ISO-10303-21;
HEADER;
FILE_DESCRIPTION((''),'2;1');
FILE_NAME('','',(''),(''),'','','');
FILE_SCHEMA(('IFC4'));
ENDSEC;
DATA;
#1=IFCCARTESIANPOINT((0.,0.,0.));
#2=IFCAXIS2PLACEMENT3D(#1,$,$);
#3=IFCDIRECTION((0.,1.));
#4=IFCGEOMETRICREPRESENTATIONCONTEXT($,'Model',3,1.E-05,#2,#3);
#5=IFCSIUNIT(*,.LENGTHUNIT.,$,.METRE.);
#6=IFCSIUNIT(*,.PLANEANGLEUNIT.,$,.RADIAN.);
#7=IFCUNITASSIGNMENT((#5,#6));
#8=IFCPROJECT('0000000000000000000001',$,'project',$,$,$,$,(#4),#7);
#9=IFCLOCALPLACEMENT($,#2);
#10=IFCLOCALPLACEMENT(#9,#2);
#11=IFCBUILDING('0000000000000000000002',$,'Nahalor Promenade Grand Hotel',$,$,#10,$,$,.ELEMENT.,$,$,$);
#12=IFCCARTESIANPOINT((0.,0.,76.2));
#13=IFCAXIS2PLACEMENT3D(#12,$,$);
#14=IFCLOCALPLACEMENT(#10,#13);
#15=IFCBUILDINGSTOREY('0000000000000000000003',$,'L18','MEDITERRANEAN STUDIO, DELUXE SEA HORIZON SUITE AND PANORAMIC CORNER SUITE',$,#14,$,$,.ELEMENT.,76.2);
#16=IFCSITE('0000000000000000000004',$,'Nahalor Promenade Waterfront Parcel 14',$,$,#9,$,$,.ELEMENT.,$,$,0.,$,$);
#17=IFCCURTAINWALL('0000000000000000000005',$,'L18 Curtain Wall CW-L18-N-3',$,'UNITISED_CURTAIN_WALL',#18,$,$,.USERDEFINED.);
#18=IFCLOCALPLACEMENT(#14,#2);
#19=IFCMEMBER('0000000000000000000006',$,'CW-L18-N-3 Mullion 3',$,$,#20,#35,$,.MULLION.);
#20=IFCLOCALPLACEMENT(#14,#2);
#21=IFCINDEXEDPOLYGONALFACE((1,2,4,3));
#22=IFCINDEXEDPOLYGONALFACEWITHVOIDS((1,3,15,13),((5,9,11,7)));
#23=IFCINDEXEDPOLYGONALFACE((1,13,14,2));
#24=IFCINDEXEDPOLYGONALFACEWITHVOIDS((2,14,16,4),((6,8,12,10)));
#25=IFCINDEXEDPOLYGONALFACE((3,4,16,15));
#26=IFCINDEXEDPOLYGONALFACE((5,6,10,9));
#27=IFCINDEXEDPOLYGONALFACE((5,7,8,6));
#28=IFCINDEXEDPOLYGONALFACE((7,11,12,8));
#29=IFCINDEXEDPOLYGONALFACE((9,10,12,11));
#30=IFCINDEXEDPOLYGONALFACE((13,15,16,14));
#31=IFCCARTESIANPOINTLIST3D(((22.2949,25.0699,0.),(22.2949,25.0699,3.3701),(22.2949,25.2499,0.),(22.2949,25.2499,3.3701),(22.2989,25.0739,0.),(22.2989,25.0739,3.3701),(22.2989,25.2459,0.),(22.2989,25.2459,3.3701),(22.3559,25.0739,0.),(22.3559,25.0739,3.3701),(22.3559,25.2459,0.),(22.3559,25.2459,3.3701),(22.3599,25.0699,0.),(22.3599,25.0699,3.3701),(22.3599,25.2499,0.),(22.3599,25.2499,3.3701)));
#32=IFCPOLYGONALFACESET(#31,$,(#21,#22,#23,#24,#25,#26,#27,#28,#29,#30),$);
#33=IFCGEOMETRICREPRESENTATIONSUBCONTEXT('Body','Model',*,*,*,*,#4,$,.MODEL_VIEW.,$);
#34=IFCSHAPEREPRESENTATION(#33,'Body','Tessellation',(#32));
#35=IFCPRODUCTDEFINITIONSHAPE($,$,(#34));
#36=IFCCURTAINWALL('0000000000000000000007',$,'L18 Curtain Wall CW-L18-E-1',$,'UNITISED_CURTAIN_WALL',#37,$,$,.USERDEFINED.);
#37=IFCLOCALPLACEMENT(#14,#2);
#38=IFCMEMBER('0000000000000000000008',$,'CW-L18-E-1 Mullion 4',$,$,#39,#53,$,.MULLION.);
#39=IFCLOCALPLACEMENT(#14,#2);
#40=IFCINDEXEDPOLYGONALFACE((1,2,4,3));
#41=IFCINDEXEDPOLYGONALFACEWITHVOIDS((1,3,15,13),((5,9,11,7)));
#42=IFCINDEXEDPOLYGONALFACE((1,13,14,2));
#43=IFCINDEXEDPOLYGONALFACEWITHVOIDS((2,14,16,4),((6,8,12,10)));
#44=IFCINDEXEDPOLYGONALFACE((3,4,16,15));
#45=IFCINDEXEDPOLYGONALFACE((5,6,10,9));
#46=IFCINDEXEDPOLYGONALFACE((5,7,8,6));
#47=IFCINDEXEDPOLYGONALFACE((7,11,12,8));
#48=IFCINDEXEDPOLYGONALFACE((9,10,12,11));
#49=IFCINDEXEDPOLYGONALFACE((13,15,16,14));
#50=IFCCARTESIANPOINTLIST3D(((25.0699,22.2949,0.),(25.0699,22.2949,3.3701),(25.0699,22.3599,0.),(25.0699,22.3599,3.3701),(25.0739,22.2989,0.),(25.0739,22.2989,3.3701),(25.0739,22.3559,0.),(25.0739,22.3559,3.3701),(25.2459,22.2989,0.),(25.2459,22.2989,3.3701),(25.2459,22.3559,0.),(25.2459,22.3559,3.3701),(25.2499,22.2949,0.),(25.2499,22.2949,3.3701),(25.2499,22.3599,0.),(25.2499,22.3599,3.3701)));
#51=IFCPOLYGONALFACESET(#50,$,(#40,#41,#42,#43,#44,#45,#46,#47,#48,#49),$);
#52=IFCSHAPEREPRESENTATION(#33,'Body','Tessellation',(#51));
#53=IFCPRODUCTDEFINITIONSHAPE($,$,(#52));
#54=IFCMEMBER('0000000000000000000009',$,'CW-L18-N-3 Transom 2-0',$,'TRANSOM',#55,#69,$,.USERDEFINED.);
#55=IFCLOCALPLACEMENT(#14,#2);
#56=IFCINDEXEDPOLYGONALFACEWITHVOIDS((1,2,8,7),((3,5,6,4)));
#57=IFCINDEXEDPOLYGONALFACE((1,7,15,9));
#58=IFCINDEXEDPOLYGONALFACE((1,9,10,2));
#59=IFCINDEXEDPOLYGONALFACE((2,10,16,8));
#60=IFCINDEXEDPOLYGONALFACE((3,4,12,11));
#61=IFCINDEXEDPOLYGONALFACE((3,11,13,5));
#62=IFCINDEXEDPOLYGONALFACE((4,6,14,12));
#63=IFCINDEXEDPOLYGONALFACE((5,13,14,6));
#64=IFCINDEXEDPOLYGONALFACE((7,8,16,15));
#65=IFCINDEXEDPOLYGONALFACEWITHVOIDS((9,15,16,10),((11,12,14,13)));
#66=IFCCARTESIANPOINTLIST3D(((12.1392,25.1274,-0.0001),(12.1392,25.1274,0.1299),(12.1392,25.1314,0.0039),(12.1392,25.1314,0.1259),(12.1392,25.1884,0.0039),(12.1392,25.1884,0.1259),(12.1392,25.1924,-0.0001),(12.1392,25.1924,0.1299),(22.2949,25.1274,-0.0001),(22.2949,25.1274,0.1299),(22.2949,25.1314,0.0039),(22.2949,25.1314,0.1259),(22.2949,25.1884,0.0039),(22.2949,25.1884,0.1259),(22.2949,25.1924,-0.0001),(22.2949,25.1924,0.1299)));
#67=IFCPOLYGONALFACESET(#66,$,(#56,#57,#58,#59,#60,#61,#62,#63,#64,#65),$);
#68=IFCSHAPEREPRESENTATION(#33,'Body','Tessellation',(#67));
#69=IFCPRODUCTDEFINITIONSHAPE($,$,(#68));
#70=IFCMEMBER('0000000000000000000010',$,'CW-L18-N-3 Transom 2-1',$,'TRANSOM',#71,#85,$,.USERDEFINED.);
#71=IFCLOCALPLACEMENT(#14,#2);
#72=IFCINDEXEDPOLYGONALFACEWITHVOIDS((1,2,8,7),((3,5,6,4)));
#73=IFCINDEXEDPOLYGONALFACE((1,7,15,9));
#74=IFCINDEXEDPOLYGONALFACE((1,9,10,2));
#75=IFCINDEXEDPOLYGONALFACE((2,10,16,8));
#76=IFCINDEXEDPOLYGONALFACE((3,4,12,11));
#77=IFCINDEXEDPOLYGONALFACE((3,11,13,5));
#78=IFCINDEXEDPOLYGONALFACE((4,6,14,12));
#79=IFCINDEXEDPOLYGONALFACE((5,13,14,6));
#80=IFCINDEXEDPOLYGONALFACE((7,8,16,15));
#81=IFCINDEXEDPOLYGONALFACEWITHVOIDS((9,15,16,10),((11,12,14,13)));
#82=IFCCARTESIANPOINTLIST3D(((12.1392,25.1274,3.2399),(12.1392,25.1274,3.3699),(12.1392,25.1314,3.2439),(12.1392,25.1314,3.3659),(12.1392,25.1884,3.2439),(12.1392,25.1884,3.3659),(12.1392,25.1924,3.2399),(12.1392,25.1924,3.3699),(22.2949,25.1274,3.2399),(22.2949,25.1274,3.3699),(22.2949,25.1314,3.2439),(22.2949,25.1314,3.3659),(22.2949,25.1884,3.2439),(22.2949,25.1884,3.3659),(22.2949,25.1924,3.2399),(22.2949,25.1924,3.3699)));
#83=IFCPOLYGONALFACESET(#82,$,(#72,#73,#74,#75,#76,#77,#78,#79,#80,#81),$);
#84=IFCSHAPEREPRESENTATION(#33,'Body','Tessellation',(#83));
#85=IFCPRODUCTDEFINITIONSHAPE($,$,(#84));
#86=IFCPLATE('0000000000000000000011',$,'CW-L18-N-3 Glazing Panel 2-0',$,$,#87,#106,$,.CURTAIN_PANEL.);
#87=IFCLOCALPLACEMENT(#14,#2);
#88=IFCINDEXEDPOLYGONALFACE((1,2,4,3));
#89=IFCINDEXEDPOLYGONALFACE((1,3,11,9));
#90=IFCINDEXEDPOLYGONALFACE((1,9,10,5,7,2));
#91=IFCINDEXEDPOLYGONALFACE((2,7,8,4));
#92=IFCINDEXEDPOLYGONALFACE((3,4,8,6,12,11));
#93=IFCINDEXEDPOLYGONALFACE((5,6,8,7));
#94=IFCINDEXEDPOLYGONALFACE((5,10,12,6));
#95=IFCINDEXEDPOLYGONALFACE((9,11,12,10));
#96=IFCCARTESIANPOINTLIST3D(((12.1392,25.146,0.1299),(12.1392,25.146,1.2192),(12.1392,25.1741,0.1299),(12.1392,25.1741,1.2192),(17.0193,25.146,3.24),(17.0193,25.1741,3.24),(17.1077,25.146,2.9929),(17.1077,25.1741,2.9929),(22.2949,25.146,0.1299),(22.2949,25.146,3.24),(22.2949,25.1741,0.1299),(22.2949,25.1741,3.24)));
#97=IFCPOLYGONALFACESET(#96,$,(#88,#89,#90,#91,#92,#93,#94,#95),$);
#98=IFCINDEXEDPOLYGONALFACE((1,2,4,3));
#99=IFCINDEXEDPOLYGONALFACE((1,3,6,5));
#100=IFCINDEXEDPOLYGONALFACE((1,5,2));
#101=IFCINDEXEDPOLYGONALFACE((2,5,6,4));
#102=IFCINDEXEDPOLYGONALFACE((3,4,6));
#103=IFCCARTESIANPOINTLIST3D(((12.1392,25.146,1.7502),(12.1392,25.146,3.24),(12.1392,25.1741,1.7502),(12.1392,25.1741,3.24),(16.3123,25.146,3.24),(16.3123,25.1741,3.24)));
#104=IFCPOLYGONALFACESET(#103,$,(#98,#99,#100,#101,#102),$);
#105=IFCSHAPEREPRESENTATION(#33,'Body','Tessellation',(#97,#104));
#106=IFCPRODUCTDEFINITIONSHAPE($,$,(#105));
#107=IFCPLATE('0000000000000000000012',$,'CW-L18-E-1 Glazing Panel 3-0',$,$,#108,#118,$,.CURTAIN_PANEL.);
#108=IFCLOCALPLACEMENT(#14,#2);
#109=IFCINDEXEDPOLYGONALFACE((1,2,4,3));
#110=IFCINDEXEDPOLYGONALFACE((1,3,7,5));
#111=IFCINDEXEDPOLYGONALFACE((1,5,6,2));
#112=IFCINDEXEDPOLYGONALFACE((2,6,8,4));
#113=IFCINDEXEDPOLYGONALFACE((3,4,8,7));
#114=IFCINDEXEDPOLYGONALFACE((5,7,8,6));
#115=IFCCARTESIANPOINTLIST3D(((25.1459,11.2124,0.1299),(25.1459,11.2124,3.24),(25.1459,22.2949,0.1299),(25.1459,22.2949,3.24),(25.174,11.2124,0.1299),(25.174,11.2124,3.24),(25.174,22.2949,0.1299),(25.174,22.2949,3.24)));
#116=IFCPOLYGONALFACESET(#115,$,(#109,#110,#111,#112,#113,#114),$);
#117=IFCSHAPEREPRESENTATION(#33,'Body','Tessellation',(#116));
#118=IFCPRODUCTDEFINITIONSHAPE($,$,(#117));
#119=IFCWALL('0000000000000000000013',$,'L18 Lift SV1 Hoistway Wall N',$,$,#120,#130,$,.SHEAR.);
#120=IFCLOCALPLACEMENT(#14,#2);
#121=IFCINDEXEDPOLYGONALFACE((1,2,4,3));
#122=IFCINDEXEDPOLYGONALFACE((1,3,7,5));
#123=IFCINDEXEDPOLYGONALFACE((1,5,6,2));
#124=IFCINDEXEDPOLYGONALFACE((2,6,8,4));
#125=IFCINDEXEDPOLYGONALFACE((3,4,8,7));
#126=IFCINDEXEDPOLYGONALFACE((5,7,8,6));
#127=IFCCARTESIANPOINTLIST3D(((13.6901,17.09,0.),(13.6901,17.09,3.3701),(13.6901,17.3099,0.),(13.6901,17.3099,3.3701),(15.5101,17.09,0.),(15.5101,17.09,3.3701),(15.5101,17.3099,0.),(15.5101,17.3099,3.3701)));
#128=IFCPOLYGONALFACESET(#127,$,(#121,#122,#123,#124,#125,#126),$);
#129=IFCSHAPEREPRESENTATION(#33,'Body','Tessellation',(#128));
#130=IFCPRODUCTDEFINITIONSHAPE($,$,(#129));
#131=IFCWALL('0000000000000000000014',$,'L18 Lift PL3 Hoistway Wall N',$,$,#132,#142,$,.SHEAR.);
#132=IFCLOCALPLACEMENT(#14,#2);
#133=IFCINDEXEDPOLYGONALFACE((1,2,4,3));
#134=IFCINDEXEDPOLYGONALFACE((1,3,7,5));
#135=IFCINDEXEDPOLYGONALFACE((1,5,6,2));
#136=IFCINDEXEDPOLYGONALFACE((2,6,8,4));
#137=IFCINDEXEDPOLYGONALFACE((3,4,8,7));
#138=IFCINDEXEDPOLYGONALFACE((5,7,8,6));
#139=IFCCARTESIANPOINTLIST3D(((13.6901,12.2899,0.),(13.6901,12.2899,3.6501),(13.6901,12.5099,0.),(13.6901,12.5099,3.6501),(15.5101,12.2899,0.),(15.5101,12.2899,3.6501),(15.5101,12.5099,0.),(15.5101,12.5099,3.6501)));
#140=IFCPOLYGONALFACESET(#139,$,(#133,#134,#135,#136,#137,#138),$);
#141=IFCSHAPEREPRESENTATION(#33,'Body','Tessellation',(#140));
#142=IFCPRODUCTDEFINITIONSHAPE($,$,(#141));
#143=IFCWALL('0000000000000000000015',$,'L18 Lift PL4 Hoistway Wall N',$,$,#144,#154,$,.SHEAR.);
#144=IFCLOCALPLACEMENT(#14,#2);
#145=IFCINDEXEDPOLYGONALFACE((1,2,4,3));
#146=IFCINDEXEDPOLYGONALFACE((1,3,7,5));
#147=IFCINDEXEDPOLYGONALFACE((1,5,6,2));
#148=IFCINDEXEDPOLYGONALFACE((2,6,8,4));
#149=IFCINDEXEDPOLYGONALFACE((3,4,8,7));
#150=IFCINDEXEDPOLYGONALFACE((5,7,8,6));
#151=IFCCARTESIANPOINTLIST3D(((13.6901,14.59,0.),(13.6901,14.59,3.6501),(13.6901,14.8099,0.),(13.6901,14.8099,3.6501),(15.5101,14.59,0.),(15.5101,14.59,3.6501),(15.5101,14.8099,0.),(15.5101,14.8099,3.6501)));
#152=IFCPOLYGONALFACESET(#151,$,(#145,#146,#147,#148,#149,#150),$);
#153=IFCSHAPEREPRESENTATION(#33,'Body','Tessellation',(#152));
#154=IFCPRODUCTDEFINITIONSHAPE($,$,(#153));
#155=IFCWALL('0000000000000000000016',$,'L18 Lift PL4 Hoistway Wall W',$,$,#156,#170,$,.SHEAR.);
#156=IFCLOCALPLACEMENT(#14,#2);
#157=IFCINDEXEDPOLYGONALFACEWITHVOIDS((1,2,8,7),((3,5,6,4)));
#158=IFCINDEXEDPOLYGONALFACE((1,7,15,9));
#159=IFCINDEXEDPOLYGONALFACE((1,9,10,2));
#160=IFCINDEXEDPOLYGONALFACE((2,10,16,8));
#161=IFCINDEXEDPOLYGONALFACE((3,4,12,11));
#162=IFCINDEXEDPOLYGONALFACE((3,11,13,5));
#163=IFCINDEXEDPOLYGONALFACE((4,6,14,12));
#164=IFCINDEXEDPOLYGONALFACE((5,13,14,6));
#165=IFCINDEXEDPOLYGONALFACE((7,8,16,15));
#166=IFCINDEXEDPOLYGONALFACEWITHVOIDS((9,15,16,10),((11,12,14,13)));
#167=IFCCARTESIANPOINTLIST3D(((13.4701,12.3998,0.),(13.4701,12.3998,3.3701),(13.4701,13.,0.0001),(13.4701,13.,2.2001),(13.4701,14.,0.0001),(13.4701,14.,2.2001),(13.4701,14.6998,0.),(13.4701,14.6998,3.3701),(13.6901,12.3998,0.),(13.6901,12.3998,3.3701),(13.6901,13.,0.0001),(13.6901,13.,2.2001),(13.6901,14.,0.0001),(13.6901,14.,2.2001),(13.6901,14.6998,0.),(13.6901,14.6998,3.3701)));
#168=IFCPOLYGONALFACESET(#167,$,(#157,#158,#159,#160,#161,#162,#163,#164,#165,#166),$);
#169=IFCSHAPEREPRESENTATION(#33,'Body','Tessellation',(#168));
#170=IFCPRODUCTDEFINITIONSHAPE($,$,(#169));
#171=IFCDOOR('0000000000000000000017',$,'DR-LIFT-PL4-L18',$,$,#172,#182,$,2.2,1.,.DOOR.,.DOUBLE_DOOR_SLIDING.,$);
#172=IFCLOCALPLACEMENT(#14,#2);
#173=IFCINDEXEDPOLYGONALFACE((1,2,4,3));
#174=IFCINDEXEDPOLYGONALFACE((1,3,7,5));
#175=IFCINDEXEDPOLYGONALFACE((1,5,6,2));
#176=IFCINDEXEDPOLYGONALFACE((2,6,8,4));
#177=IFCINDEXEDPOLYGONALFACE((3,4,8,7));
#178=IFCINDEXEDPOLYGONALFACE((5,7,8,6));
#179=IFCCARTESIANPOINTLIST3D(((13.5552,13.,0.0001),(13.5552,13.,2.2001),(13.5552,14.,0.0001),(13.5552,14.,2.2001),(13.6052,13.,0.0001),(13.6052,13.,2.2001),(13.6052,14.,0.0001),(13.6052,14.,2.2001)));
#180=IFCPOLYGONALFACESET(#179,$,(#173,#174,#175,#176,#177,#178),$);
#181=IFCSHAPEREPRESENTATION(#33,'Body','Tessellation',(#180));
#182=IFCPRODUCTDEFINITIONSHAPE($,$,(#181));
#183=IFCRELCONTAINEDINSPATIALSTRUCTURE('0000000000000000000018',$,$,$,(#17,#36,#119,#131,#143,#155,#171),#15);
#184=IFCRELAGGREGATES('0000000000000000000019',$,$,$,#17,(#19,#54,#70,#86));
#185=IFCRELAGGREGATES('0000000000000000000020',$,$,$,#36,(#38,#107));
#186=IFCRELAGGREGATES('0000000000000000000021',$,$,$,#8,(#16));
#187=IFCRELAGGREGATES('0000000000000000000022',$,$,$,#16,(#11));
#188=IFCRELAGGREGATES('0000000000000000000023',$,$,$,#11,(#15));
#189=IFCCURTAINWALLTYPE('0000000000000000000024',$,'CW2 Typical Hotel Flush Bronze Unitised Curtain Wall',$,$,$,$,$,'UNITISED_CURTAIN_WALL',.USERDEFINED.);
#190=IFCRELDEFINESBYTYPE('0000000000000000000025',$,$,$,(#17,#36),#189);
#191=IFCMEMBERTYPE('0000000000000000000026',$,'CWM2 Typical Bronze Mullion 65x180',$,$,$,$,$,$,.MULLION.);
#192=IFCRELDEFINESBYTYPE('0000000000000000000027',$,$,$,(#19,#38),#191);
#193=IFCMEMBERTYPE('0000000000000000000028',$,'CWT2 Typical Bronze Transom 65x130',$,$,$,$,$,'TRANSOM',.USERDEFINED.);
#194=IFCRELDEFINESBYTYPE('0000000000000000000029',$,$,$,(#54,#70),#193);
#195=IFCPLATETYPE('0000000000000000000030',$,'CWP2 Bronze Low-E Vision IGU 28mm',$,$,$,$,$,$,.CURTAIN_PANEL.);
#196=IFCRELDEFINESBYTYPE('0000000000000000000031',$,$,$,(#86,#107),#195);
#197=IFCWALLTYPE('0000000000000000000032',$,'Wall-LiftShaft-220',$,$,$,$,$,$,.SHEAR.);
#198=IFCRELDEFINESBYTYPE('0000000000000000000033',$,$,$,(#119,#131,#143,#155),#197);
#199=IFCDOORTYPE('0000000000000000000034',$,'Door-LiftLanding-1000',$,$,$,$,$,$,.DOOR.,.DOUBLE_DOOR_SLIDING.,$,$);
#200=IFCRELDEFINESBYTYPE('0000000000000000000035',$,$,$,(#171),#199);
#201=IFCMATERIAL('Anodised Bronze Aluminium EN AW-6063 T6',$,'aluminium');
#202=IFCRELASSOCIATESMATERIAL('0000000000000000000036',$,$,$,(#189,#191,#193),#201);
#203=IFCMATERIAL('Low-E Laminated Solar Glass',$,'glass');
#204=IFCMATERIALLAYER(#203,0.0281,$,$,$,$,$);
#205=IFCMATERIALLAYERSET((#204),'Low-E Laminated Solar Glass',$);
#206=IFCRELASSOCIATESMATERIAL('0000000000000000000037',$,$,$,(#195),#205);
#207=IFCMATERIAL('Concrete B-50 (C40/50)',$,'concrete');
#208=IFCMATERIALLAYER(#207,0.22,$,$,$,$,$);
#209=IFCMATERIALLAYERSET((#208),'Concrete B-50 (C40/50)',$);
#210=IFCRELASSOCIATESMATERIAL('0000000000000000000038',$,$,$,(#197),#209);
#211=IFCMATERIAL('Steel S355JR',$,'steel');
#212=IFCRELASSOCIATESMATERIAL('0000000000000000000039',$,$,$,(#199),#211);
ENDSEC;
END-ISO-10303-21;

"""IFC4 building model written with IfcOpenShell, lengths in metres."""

from ifc_helpers import new_model, si_unit, direction, frame, frame_2d, origin, origin_2d, place, context, subcontext, project, spatial, polyline, rectangle, hollow_rectangle, outline, extrude, source, transform, mapped, material, layer, layer_set, material_profile, profile_set, type_object, element, fill, aggregate, save


model = new_model("IFC4")

# Units and contexts
model_context = context("Model", 3, precision=1e-05, world=origin(), true_north=direction((0.0, 1.0)))
body_context = subcontext(model_context, "Body", "Model", "MODEL_VIEW")
ifc_project = project(units=[si_unit("LENGTHUNIT", "METRE"), si_unit("PLANEANGLEUNIT", "RADIAN")], contexts=[model_context])

# Site, building, storey
site_placement = place(None, origin())
site = spatial("IfcSite", under=ifc_project, at=site_placement, Name="Nahalor Promenade Waterfront Parcel 14", CompositionType="ELEMENT", RefElevation=0.0)
building_placement = place(site_placement, origin())
building = spatial("IfcBuilding", under=site, at=building_placement, Name="Nahalor Promenade Grand Hotel", CompositionType="ELEMENT")
storey_placement = place(building_placement, frame((0.0, 0.0, 76.2)))
storey = spatial("IfcBuildingStorey", under=building, at=storey_placement, Name="L18", Description="MEDITERRANEAN STUDIO, DELUXE SEA HORIZON SUITE AND PANORAMIC CORNER SUITE", CompositionType="ELEMENT", Elevation=76.2)

# Shared definitions
ifc_material_1 = material(Name="Steel S355JR", Category="steel")

# Curtain wall, member
ifc_material_2 = material(Name="Anodised Bronze Aluminium EN AW-6063 T6", Category="aluminium")
curtain_wall_type = type_object("IfcCurtainWallType", Name="CW2 Typical Hotel Flush Bronze Unitised Curtain Wall", ElementType="UNITISED_CURTAIN_WALL", PredefinedType="USERDEFINED", material=ifc_material_2)
curtain_wall_1_placement = place(storey_placement, origin())
curtain_wall_1 = element("IfcCurtainWall", 1, at=curtain_wall_1_placement, inside=storey, type_object=curtain_wall_type, Name="L18 Curtain Wall CW-L18-N-3", ObjectType="UNITISED_CURTAIN_WALL", PredefinedType="USERDEFINED")
ifc_material_profile_1 = material_profile(ifc_material_2, hollow_rectangle(XDim=0.065, YDim=0.18, WallThickness=0.004, at=origin_2d()), Name="CWM 65x180x4")
ifc_profile_set_1 = profile_set([ifc_material_profile_1], Name="Anodised Bronze Aluminium EN AW-6063 T6")
member_type_1 = type_object("IfcMemberType", Name="CWM2 Typical Bronze Mullion 65x180", PredefinedType="MULLION", material=ifc_profile_set_1)
shared_shape_1 = source(origin(), body_context, "Body", "SweptSolid", [
    extrude(hollow_rectangle(XDim=0.065, YDim=0.18, WallThickness=0.004, at=origin_2d()), origin(), (0.0, 0.0, 1.0), 3.3701),
])
member_1_placement = place(storey_placement, frame((22.3274, 25.1599, 0.0), z_axis=(0.0, 0.0, 1.0), x_axis=(1.0, 0.0, 0.0)))
member_1 = element("IfcMember", 2, at=member_1_placement, type_object=member_type_1, Name="CW-L18-N-3 Mullion 3", PredefinedType="MULLION", context=body_context, shape_type="MappedRepresentation", body=[
    mapped(shared_shape_1, transform((0.0, 0.0, 0.0), scale=1.0)),
])

# Curtain wall, member
curtain_wall_2_placement = place(storey_placement, origin())
curtain_wall_2 = element("IfcCurtainWall", 3, at=curtain_wall_2_placement, inside=storey, type_object=curtain_wall_type, Name="L18 Curtain Wall CW-L18-E-1", ObjectType="UNITISED_CURTAIN_WALL", PredefinedType="USERDEFINED")
member_2_placement = place(storey_placement, frame((25.1599, 22.3274, 0.0), z_axis=(0.0, 0.0, 1.0), x_axis=(0.0, 1.0, 0.0)))
member_2 = element("IfcMember", 4, at=member_2_placement, type_object=member_type_1, Name="CW-L18-E-1 Mullion 4", PredefinedType="MULLION", context=body_context, shape_type="MappedRepresentation", body=[
    mapped(shared_shape_1, transform((0.0, 0.0, 0.0), scale=1.0)),
])

# Members
ifc_material_profile_2 = material_profile(ifc_material_2, hollow_rectangle(XDim=0.065, YDim=0.13, WallThickness=0.004, at=origin_2d()), Name="CWT 65x130x4")
ifc_profile_set_2 = profile_set([ifc_material_profile_2], Name="Anodised Bronze Aluminium EN AW-6063 T6")
member_type_2 = type_object("IfcMemberType", Name="CWT2 Typical Bronze Transom 65x130", ElementType="TRANSOM", PredefinedType="USERDEFINED", material=ifc_profile_set_2)
shared_shape_2 = source(origin(), body_context, "Body", "SweptSolid", [
    extrude(hollow_rectangle(XDim=0.065, YDim=0.13, WallThickness=0.004, at=origin_2d()), origin(), (0.0, 0.0, 1.0), 10.1558),
])
member_3_placement = place(storey_placement, frame((12.1392, 25.1599, 0.0649), z_axis=(1.0, 0.0, 0.0), x_axis=(0.0, 1.0, 0.0)))
member_3 = element("IfcMember", 5, at=member_3_placement, type_object=member_type_2, Name="CW-L18-N-3 Transom 2-0", ObjectType="TRANSOM", PredefinedType="USERDEFINED", context=body_context, shape_type="MappedRepresentation", body=[
    mapped(shared_shape_2, transform((0.0, 0.0, 0.0), scale=1.0)),
])
member_4_placement = place(storey_placement, frame((12.1392, 25.1599, 3.3049), z_axis=(1.0, 0.0, 0.0), x_axis=(0.0, 1.0, 0.0)))
member_4 = element("IfcMember", 6, at=member_4_placement, type_object=member_type_2, Name="CW-L18-N-3 Transom 2-1", ObjectType="TRANSOM", PredefinedType="USERDEFINED", context=body_context, shape_type="MappedRepresentation", body=[
    mapped(shared_shape_2, transform((0.0, 0.0, 0.0), scale=1.0)),
])

# Plates
ifc_material_3 = material(Name="Low-E Laminated Solar Glass", Category="glass")
ifc_layer_1 = layer(ifc_material_3, 0.0281)
ifc_layer_set_1 = layer_set([ifc_layer_1], Name="Low-E Laminated Solar Glass")
plate_type = type_object("IfcPlateType", Name="CWP2 Bronze Low-E Vision IGU 28mm", PredefinedType="CURTAIN_PANEL", material=ifc_layer_set_1)
plate_1_placement = place(storey_placement, frame((17.217, 25.1599, 0.1299), z_axis=(0.0, 0.0, 1.0), x_axis=(1.0, 0.0, 0.0)))
plate_1 = element("IfcPlate", 7, at=plate_1_placement, type_object=plate_type, Name="CW-L18-N-3 Glazing Panel 2-0", PredefinedType="CURTAIN_PANEL", context=body_context, shape_type="SweptSolid", body=[
    extrude(outline(polyline([(5.0779, 0.0), (5.0779, 3.1101), (-0.1978, 3.1101), (-0.1094, 2.863), (-5.0779, 1.0894), (-5.0779, 0.0), (5.0779, 0.0)])), frame((0.0, 0.0142, 0.0), z_axis=(0.0, -1.0, 0.0), x_axis=(1.0, 0.0, 0.0)), (0.0, 0.0, 1.0), 0.0281),
    extrude(outline(polyline([(-0.9048, 3.1101), (-5.0779, 3.1101), (-5.0779, 1.6204), (-0.9048, 3.1101)])), frame((0.0, 0.0142, 0.0), z_axis=(0.0, -1.0, 0.0), x_axis=(1.0, 0.0, 0.0)), (0.0, 0.0, 1.0), 0.0281),
])
aggregate(curtain_wall_1, [member_1, member_3, member_4, plate_1])
shared_shape_3 = source(origin(), body_context, "Body", "SweptSolid", [
    extrude(rectangle(XDim=11.0825, YDim=0.0281, at=origin_2d()), origin(), (0.0, 0.0, 1.0), 3.1101),
])
plate_2_placement = place(storey_placement, frame((25.1599, 16.7537, 0.1299), z_axis=(0.0, 0.0, 1.0), x_axis=(0.0, 1.0, 0.0)))
plate_2 = element("IfcPlate", 8, at=plate_2_placement, type_object=plate_type, Name="CW-L18-E-1 Glazing Panel 3-0", PredefinedType="CURTAIN_PANEL", context=body_context, shape_type="MappedRepresentation", body=[
    mapped(shared_shape_3, transform((0.0, 0.0, 0.0), scale=1.0)),
])
aggregate(curtain_wall_2, [member_2, plate_2])

# Walls
ifc_material_4 = material(Name="Concrete B-50 (C40/50)", Category="concrete")
ifc_layer_2 = layer(ifc_material_4, 0.22)
ifc_layer_set_2 = layer_set([ifc_layer_2], Name="Concrete B-50 (C40/50)")
wall_type_1 = type_object("IfcWallType", Name="Wall-LiftShaft-220", PredefinedType="SHEAR", material=ifc_layer_set_2)
shared_shape_4 = source(origin(), body_context, "Body", "SweptSolid", [
    extrude(rectangle(XDim=1.8201, YDim=0.22, at=frame_2d((0.9102, 0.0))), origin(), (0.0, 0.0, 1.0), 3.3701),
])
wall_1_placement = place(storey_placement, frame((13.6899, 17.2, 0.0), z_axis=(0.0, 0.0, 1.0), x_axis=(1.0, 0.0, 0.0)))
element("IfcWall", 9, at=wall_1_placement, inside=storey, type_object=wall_type_1, Name="L18 Lift SV1 Hoistway Wall N", PredefinedType="SHEAR", context=body_context, shape_type="MappedRepresentation", body=[
    mapped(shared_shape_4, transform((0.0, 0.0, 0.0), scale=1.0)),
])
shared_shape_5 = source(origin(), body_context, "Body", "SweptSolid", [
    extrude(rectangle(XDim=1.8201, YDim=0.22, at=frame_2d((0.9102, 0.0))), origin(), (0.0, 0.0, 1.0), 3.6501),
])
for number, where, z_axis, x_axis, name in (
    (10, (13.6899, 12.3999, 0.0), (0.0, 0.0, 1.0), (1.0, 0.0, 0.0), "L18 Lift PL3 Hoistway Wall N"),
    (11, (13.6899, 14.7, 0.0), (0.0, 0.0, 1.0), (1.0, 0.0, 0.0), "L18 Lift PL4 Hoistway Wall N"),
):
    element("IfcWall", number, at=place(storey_placement, frame(where, z_axis=z_axis, x_axis=x_axis)), inside=storey, type_object=wall_type_1, Name=name, PredefinedType="SHEAR", context=body_context, shape_type="MappedRepresentation", body=[
        mapped(shared_shape_5, transform((0.0, 0.0, 0.0), scale=1.0)),
    ])

# Wall, opening, door
shared_shape_6 = source(origin(), body_context, "Body", "SweptSolid", [
    extrude(rectangle(XDim=2.3, YDim=0.22, at=frame_2d((1.1499, 0.0))), origin(), (0.0, 0.0, 1.0), 3.3701),
])
wall_2_placement = place(storey_placement, frame((13.5801, 12.3999, 0.0), z_axis=(0.0, 0.0, 1.0), x_axis=(0.0, 1.0, 0.0)))
wall_2 = element("IfcWall", 12, at=wall_2_placement, inside=storey, type_object=wall_type_1, Name="L18 Lift PL4 Hoistway Wall W", PredefinedType="SHEAR", context=body_context, shape_type="MappedRepresentation", body=[
    mapped(shared_shape_6, transform((0.0, 0.0, 0.0), scale=1.0)),
])
opening_1_placement = place(wall_2_placement, frame((0.6001, 0.0, 0.0)))
opening_1 = element("IfcOpeningElement", 13, at=opening_1_placement, cuts=wall_2, PredefinedType="OPENING", context=body_context, shape_type="SweptSolid", body=[
    extrude(rectangle(XDim=1.0, YDim=2.2, at=frame_2d((0.5, 1.1001))), frame((0.0, 0.1199, 0.0), z_axis=(0.0, -1.0, 0.0), x_axis=(1.0, 0.0, 0.0)), (0.0, 0.0, 1.0), 0.24),
])
door_type_1 = type_object("IfcDoorType", Name="Door-LiftLanding-1000", OperationType="DOUBLE_DOOR_SLIDING", PredefinedType="DOOR", material=ifc_material_1)
shared_shape_7 = source(origin(), body_context, "Body", "SweptSolid", [
    extrude(rectangle(XDim=1.0, YDim=2.2, at=frame_2d((0.5, 1.1001))), frame((0.0, 0.0249, 0.0), z_axis=(0.0, -1.0, 0.0), x_axis=(1.0, 0.0, 0.0)), (0.0, 0.0, 1.0), 0.05),
])
door_1_placement = place(opening_1_placement, origin())
door_1 = element("IfcDoor", 14, at=door_1_placement, inside=storey, type_object=door_type_1, Name="DR-LIFT-PL4-L18", OperationType="DOUBLE_DOOR_SLIDING", OverallHeight=2.2, OverallWidth=1.0, PredefinedType="DOOR", context=body_context, shape_type="MappedRepresentation", body=[
    mapped(shared_shape_7, transform((0.0, 0.0, 0.0), scale=1.0)),
])
fill(opening_1, door_1)

save(model, "model.ifc")
